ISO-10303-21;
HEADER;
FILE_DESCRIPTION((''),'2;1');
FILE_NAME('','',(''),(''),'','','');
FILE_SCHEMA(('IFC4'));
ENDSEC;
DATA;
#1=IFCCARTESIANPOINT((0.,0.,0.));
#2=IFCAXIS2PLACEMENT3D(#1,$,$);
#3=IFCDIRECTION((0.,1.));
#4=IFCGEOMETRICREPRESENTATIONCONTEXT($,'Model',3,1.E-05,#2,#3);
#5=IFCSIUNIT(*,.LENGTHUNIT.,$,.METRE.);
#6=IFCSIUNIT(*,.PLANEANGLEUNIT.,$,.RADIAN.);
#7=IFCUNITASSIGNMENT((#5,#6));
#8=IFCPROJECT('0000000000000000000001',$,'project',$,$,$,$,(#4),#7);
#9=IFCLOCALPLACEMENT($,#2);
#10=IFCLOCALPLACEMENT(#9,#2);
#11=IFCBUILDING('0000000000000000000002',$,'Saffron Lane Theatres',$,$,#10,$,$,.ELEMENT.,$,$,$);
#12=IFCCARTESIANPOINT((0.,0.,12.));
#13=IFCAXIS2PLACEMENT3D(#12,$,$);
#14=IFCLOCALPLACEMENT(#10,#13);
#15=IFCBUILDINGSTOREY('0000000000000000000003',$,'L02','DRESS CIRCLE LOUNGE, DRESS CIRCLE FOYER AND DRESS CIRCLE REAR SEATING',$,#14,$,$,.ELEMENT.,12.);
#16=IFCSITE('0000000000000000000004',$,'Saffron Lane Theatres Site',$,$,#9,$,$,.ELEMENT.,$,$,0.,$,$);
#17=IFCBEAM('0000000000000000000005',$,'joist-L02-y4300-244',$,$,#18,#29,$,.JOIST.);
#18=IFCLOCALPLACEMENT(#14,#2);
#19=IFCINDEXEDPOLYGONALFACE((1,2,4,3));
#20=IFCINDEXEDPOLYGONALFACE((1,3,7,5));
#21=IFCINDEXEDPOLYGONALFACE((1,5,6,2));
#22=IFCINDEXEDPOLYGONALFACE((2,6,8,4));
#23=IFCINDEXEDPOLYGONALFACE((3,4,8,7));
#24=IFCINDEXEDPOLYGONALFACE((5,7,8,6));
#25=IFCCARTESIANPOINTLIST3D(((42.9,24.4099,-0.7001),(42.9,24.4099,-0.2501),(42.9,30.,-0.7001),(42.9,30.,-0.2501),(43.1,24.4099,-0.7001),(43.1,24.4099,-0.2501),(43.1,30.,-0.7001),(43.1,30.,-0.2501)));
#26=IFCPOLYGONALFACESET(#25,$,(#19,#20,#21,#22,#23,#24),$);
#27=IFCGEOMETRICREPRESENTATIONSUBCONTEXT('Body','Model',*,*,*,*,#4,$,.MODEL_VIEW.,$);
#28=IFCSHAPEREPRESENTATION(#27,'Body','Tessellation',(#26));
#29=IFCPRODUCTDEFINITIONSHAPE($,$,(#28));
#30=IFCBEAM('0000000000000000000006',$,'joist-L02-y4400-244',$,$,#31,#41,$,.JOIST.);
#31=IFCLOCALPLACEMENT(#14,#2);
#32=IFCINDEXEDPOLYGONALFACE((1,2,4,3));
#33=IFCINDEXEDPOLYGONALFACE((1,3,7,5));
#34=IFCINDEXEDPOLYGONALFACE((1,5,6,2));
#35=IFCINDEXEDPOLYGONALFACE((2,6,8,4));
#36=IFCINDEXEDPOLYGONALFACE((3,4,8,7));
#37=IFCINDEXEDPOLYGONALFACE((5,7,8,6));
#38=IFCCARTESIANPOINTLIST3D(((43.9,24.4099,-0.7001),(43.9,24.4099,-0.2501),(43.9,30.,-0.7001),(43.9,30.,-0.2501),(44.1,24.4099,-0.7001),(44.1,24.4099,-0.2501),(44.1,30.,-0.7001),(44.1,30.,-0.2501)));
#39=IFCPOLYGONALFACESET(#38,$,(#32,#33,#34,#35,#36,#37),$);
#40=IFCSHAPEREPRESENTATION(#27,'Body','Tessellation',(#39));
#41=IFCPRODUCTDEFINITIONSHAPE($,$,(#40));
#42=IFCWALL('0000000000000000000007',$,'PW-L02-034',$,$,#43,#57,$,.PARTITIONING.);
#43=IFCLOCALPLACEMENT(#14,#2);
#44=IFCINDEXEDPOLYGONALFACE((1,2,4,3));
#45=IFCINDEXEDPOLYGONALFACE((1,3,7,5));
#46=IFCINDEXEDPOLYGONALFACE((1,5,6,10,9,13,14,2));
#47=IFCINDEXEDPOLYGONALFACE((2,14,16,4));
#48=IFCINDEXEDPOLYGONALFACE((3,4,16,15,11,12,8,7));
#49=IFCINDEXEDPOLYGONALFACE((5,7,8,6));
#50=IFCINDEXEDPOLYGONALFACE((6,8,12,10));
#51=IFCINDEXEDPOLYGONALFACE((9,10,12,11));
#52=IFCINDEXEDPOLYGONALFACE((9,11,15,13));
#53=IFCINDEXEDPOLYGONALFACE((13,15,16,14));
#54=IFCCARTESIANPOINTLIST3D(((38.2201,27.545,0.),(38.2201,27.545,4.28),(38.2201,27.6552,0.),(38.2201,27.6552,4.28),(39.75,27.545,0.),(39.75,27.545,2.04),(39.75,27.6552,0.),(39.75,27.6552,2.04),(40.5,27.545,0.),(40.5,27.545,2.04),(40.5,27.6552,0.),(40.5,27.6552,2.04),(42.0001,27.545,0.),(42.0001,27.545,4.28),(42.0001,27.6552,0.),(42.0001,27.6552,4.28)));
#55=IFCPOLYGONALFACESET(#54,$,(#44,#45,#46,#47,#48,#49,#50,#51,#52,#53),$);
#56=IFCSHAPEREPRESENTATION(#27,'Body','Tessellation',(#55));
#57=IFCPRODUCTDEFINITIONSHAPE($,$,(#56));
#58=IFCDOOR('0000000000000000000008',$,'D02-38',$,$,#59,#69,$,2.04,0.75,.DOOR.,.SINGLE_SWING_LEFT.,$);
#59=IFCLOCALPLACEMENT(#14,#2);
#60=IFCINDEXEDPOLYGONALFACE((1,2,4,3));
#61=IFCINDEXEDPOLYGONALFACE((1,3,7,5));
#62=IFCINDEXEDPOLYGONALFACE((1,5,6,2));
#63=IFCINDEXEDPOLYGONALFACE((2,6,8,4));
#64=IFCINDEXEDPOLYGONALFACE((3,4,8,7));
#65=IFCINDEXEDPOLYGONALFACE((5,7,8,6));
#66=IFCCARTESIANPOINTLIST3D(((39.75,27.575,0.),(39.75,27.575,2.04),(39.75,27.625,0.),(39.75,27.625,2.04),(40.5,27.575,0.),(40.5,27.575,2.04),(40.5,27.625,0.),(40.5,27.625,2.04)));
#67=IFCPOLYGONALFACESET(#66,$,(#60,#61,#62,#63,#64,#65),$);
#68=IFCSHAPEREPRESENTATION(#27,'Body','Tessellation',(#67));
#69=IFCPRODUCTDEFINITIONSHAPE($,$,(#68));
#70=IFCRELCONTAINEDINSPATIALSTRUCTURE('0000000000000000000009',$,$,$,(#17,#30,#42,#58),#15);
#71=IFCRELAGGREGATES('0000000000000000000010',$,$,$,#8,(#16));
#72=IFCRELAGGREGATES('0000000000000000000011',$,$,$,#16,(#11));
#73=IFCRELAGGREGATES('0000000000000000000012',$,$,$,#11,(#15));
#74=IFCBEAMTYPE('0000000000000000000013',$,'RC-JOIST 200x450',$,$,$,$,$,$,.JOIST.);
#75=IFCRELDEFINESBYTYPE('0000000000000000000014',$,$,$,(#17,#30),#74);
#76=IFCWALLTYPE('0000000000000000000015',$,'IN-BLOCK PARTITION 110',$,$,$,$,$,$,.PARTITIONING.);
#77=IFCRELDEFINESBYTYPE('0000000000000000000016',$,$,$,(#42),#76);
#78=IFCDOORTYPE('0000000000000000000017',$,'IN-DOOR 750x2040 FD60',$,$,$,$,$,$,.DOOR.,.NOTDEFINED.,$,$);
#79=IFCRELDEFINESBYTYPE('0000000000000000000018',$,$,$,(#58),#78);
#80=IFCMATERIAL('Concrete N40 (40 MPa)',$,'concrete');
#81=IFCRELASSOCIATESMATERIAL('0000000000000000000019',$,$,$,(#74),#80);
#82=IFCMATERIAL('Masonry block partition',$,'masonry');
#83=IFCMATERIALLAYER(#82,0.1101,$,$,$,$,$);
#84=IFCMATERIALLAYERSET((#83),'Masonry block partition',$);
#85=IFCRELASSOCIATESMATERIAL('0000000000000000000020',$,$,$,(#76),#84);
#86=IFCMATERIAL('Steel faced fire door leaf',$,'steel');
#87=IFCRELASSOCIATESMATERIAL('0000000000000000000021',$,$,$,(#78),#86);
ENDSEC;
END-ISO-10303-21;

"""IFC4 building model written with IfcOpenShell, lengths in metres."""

from ifc_helpers import new_model, si_unit, direction, frame, frame_2d, origin, origin_2d, place, context, subcontext, project, spatial, rectangle, extrude, material, layer, layer_set, material_profile, profile_set, type_object, element, fill, save


model = new_model("IFC4")

# Units and contexts
model_context = context("Model", 3, precision=1e-05, world=origin(), true_north=direction((0.0, 1.0)))
body_context = subcontext(model_context, "Body", "Model", "MODEL_VIEW")
ifc_project = project(units=[si_unit("LENGTHUNIT", "METRE"), si_unit("PLANEANGLEUNIT", "RADIAN")], contexts=[model_context])

# Site, building, storey
site_placement = place(None, origin())
site = spatial("IfcSite", under=ifc_project, at=site_placement, Name="Saffron Lane Theatres Site", CompositionType="ELEMENT", RefElevation=0.0)
building_placement = place(site_placement, origin())
building = spatial("IfcBuilding", under=site, at=building_placement, Name="Saffron Lane Theatres", CompositionType="ELEMENT")
storey_placement = place(building_placement, frame((0.0, 0.0, 12.0)))
storey = spatial("IfcBuildingStorey", under=building, at=storey_placement, Name="L02", Description="DRESS CIRCLE LOUNGE, DRESS CIRCLE FOYER AND DRESS CIRCLE REAR SEATING", CompositionType="ELEMENT", Elevation=12.0)

# Beams
ifc_material_1 = material(Name="Concrete N40 (40 MPa)", Category="concrete")
ifc_material_profile_1 = material_profile(ifc_material_1, rectangle(XDim=0.2, YDim=0.45, at=origin_2d()))
ifc_profile_set_1 = profile_set([ifc_material_profile_1], Name="Concrete N40 (40 MPa)")
beam_type_1 = type_object("IfcBeamType", Name="RC-JOIST 200x450", PredefinedType="JOIST", material=ifc_profile_set_1)
for number, where, z_axis, x_axis, name in (
    (1, (43.0, 24.4099, -0.4751), (0.0, 1.0, 0.0), (-1.0, 0.0, 0.0), "joist-L02-y4300-244"),
    (2, (44.0, 24.4099, -0.4751), (0.0, 1.0, 0.0), (-1.0, 0.0, 0.0), "joist-L02-y4400-244"),
):
    element("IfcBeam", number, at=place(storey_placement, frame(where, z_axis=z_axis, x_axis=x_axis)), inside=storey, type_object=beam_type_1, Name=name, PredefinedType="JOIST", context=body_context, shape_type="SweptSolid", body=[
        extrude(rectangle(XDim=0.2, YDim=0.45, at=origin_2d()), origin(), (0.0, 0.0, 1.0), 5.5901),
    ])

# Wall, opening, door
ifc_material_2 = material(Name="Masonry block partition", Category="masonry")
ifc_layer = layer(ifc_material_2, 0.1101)
ifc_layer_set = layer_set([ifc_layer], Name="Masonry block partition")
wall_type = type_object("IfcWallType", Name="IN-BLOCK PARTITION 110", PredefinedType="PARTITIONING", material=ifc_layer_set)
wall_placement = place(storey_placement, frame((38.22, 27.6001, 0.0), z_axis=(0.0, 0.0, 1.0), x_axis=(1.0, 0.0, 0.0)))
wall = element("IfcWall", 3, at=wall_placement, inside=storey, type_object=wall_type, Name="PW-L02-034", PredefinedType="PARTITIONING", context=body_context, shape_type="SweptSolid", body=[
    extrude(rectangle(XDim=3.78, YDim=0.1101, at=frame_2d((1.8901, 0.0))), origin(), (0.0, 0.0, 1.0), 4.28),
])
opening_placement = place(wall_placement, frame((1.53, 0.0, 0.0)))
opening = element("IfcOpeningElement", 4, at=opening_placement, cuts=wall, PredefinedType="OPENING", context=body_context, shape_type="SweptSolid", body=[
    extrude(rectangle(XDim=0.75, YDim=2.04, at=frame_2d((0.375, 1.02))), frame((0.0, 0.0649, 0.0), z_axis=(0.0, -1.0, 0.0), x_axis=(1.0, 0.0, 0.0)), (0.0, 0.0, 1.0), 0.1301),
])
ifc_material_3 = material(Name="Steel faced fire door leaf", Category="steel")
door_type = type_object("IfcDoorType", Name="IN-DOOR 750x2040 FD60", OperationType="NOTDEFINED", PredefinedType="DOOR", material=ifc_material_3)
door_placement = place(opening_placement, origin())
door = element("IfcDoor", 5, at=door_placement, inside=storey, type_object=door_type, Name="D02-38", OperationType="SINGLE_SWING_LEFT", OverallHeight=2.04, OverallWidth=0.75, PredefinedType="DOOR", context=body_context, shape_type="SweptSolid", body=[
    extrude(rectangle(XDim=0.75, YDim=2.04, at=frame_2d((0.375, 1.02))), frame((0.0, 0.0249, 0.0), z_axis=(0.0, -1.0, 0.0), x_axis=(1.0, 0.0, 0.0)), (0.0, 0.0, 1.0), 0.05),
])
fill(opening, door)

save(model, "model.ifc")
